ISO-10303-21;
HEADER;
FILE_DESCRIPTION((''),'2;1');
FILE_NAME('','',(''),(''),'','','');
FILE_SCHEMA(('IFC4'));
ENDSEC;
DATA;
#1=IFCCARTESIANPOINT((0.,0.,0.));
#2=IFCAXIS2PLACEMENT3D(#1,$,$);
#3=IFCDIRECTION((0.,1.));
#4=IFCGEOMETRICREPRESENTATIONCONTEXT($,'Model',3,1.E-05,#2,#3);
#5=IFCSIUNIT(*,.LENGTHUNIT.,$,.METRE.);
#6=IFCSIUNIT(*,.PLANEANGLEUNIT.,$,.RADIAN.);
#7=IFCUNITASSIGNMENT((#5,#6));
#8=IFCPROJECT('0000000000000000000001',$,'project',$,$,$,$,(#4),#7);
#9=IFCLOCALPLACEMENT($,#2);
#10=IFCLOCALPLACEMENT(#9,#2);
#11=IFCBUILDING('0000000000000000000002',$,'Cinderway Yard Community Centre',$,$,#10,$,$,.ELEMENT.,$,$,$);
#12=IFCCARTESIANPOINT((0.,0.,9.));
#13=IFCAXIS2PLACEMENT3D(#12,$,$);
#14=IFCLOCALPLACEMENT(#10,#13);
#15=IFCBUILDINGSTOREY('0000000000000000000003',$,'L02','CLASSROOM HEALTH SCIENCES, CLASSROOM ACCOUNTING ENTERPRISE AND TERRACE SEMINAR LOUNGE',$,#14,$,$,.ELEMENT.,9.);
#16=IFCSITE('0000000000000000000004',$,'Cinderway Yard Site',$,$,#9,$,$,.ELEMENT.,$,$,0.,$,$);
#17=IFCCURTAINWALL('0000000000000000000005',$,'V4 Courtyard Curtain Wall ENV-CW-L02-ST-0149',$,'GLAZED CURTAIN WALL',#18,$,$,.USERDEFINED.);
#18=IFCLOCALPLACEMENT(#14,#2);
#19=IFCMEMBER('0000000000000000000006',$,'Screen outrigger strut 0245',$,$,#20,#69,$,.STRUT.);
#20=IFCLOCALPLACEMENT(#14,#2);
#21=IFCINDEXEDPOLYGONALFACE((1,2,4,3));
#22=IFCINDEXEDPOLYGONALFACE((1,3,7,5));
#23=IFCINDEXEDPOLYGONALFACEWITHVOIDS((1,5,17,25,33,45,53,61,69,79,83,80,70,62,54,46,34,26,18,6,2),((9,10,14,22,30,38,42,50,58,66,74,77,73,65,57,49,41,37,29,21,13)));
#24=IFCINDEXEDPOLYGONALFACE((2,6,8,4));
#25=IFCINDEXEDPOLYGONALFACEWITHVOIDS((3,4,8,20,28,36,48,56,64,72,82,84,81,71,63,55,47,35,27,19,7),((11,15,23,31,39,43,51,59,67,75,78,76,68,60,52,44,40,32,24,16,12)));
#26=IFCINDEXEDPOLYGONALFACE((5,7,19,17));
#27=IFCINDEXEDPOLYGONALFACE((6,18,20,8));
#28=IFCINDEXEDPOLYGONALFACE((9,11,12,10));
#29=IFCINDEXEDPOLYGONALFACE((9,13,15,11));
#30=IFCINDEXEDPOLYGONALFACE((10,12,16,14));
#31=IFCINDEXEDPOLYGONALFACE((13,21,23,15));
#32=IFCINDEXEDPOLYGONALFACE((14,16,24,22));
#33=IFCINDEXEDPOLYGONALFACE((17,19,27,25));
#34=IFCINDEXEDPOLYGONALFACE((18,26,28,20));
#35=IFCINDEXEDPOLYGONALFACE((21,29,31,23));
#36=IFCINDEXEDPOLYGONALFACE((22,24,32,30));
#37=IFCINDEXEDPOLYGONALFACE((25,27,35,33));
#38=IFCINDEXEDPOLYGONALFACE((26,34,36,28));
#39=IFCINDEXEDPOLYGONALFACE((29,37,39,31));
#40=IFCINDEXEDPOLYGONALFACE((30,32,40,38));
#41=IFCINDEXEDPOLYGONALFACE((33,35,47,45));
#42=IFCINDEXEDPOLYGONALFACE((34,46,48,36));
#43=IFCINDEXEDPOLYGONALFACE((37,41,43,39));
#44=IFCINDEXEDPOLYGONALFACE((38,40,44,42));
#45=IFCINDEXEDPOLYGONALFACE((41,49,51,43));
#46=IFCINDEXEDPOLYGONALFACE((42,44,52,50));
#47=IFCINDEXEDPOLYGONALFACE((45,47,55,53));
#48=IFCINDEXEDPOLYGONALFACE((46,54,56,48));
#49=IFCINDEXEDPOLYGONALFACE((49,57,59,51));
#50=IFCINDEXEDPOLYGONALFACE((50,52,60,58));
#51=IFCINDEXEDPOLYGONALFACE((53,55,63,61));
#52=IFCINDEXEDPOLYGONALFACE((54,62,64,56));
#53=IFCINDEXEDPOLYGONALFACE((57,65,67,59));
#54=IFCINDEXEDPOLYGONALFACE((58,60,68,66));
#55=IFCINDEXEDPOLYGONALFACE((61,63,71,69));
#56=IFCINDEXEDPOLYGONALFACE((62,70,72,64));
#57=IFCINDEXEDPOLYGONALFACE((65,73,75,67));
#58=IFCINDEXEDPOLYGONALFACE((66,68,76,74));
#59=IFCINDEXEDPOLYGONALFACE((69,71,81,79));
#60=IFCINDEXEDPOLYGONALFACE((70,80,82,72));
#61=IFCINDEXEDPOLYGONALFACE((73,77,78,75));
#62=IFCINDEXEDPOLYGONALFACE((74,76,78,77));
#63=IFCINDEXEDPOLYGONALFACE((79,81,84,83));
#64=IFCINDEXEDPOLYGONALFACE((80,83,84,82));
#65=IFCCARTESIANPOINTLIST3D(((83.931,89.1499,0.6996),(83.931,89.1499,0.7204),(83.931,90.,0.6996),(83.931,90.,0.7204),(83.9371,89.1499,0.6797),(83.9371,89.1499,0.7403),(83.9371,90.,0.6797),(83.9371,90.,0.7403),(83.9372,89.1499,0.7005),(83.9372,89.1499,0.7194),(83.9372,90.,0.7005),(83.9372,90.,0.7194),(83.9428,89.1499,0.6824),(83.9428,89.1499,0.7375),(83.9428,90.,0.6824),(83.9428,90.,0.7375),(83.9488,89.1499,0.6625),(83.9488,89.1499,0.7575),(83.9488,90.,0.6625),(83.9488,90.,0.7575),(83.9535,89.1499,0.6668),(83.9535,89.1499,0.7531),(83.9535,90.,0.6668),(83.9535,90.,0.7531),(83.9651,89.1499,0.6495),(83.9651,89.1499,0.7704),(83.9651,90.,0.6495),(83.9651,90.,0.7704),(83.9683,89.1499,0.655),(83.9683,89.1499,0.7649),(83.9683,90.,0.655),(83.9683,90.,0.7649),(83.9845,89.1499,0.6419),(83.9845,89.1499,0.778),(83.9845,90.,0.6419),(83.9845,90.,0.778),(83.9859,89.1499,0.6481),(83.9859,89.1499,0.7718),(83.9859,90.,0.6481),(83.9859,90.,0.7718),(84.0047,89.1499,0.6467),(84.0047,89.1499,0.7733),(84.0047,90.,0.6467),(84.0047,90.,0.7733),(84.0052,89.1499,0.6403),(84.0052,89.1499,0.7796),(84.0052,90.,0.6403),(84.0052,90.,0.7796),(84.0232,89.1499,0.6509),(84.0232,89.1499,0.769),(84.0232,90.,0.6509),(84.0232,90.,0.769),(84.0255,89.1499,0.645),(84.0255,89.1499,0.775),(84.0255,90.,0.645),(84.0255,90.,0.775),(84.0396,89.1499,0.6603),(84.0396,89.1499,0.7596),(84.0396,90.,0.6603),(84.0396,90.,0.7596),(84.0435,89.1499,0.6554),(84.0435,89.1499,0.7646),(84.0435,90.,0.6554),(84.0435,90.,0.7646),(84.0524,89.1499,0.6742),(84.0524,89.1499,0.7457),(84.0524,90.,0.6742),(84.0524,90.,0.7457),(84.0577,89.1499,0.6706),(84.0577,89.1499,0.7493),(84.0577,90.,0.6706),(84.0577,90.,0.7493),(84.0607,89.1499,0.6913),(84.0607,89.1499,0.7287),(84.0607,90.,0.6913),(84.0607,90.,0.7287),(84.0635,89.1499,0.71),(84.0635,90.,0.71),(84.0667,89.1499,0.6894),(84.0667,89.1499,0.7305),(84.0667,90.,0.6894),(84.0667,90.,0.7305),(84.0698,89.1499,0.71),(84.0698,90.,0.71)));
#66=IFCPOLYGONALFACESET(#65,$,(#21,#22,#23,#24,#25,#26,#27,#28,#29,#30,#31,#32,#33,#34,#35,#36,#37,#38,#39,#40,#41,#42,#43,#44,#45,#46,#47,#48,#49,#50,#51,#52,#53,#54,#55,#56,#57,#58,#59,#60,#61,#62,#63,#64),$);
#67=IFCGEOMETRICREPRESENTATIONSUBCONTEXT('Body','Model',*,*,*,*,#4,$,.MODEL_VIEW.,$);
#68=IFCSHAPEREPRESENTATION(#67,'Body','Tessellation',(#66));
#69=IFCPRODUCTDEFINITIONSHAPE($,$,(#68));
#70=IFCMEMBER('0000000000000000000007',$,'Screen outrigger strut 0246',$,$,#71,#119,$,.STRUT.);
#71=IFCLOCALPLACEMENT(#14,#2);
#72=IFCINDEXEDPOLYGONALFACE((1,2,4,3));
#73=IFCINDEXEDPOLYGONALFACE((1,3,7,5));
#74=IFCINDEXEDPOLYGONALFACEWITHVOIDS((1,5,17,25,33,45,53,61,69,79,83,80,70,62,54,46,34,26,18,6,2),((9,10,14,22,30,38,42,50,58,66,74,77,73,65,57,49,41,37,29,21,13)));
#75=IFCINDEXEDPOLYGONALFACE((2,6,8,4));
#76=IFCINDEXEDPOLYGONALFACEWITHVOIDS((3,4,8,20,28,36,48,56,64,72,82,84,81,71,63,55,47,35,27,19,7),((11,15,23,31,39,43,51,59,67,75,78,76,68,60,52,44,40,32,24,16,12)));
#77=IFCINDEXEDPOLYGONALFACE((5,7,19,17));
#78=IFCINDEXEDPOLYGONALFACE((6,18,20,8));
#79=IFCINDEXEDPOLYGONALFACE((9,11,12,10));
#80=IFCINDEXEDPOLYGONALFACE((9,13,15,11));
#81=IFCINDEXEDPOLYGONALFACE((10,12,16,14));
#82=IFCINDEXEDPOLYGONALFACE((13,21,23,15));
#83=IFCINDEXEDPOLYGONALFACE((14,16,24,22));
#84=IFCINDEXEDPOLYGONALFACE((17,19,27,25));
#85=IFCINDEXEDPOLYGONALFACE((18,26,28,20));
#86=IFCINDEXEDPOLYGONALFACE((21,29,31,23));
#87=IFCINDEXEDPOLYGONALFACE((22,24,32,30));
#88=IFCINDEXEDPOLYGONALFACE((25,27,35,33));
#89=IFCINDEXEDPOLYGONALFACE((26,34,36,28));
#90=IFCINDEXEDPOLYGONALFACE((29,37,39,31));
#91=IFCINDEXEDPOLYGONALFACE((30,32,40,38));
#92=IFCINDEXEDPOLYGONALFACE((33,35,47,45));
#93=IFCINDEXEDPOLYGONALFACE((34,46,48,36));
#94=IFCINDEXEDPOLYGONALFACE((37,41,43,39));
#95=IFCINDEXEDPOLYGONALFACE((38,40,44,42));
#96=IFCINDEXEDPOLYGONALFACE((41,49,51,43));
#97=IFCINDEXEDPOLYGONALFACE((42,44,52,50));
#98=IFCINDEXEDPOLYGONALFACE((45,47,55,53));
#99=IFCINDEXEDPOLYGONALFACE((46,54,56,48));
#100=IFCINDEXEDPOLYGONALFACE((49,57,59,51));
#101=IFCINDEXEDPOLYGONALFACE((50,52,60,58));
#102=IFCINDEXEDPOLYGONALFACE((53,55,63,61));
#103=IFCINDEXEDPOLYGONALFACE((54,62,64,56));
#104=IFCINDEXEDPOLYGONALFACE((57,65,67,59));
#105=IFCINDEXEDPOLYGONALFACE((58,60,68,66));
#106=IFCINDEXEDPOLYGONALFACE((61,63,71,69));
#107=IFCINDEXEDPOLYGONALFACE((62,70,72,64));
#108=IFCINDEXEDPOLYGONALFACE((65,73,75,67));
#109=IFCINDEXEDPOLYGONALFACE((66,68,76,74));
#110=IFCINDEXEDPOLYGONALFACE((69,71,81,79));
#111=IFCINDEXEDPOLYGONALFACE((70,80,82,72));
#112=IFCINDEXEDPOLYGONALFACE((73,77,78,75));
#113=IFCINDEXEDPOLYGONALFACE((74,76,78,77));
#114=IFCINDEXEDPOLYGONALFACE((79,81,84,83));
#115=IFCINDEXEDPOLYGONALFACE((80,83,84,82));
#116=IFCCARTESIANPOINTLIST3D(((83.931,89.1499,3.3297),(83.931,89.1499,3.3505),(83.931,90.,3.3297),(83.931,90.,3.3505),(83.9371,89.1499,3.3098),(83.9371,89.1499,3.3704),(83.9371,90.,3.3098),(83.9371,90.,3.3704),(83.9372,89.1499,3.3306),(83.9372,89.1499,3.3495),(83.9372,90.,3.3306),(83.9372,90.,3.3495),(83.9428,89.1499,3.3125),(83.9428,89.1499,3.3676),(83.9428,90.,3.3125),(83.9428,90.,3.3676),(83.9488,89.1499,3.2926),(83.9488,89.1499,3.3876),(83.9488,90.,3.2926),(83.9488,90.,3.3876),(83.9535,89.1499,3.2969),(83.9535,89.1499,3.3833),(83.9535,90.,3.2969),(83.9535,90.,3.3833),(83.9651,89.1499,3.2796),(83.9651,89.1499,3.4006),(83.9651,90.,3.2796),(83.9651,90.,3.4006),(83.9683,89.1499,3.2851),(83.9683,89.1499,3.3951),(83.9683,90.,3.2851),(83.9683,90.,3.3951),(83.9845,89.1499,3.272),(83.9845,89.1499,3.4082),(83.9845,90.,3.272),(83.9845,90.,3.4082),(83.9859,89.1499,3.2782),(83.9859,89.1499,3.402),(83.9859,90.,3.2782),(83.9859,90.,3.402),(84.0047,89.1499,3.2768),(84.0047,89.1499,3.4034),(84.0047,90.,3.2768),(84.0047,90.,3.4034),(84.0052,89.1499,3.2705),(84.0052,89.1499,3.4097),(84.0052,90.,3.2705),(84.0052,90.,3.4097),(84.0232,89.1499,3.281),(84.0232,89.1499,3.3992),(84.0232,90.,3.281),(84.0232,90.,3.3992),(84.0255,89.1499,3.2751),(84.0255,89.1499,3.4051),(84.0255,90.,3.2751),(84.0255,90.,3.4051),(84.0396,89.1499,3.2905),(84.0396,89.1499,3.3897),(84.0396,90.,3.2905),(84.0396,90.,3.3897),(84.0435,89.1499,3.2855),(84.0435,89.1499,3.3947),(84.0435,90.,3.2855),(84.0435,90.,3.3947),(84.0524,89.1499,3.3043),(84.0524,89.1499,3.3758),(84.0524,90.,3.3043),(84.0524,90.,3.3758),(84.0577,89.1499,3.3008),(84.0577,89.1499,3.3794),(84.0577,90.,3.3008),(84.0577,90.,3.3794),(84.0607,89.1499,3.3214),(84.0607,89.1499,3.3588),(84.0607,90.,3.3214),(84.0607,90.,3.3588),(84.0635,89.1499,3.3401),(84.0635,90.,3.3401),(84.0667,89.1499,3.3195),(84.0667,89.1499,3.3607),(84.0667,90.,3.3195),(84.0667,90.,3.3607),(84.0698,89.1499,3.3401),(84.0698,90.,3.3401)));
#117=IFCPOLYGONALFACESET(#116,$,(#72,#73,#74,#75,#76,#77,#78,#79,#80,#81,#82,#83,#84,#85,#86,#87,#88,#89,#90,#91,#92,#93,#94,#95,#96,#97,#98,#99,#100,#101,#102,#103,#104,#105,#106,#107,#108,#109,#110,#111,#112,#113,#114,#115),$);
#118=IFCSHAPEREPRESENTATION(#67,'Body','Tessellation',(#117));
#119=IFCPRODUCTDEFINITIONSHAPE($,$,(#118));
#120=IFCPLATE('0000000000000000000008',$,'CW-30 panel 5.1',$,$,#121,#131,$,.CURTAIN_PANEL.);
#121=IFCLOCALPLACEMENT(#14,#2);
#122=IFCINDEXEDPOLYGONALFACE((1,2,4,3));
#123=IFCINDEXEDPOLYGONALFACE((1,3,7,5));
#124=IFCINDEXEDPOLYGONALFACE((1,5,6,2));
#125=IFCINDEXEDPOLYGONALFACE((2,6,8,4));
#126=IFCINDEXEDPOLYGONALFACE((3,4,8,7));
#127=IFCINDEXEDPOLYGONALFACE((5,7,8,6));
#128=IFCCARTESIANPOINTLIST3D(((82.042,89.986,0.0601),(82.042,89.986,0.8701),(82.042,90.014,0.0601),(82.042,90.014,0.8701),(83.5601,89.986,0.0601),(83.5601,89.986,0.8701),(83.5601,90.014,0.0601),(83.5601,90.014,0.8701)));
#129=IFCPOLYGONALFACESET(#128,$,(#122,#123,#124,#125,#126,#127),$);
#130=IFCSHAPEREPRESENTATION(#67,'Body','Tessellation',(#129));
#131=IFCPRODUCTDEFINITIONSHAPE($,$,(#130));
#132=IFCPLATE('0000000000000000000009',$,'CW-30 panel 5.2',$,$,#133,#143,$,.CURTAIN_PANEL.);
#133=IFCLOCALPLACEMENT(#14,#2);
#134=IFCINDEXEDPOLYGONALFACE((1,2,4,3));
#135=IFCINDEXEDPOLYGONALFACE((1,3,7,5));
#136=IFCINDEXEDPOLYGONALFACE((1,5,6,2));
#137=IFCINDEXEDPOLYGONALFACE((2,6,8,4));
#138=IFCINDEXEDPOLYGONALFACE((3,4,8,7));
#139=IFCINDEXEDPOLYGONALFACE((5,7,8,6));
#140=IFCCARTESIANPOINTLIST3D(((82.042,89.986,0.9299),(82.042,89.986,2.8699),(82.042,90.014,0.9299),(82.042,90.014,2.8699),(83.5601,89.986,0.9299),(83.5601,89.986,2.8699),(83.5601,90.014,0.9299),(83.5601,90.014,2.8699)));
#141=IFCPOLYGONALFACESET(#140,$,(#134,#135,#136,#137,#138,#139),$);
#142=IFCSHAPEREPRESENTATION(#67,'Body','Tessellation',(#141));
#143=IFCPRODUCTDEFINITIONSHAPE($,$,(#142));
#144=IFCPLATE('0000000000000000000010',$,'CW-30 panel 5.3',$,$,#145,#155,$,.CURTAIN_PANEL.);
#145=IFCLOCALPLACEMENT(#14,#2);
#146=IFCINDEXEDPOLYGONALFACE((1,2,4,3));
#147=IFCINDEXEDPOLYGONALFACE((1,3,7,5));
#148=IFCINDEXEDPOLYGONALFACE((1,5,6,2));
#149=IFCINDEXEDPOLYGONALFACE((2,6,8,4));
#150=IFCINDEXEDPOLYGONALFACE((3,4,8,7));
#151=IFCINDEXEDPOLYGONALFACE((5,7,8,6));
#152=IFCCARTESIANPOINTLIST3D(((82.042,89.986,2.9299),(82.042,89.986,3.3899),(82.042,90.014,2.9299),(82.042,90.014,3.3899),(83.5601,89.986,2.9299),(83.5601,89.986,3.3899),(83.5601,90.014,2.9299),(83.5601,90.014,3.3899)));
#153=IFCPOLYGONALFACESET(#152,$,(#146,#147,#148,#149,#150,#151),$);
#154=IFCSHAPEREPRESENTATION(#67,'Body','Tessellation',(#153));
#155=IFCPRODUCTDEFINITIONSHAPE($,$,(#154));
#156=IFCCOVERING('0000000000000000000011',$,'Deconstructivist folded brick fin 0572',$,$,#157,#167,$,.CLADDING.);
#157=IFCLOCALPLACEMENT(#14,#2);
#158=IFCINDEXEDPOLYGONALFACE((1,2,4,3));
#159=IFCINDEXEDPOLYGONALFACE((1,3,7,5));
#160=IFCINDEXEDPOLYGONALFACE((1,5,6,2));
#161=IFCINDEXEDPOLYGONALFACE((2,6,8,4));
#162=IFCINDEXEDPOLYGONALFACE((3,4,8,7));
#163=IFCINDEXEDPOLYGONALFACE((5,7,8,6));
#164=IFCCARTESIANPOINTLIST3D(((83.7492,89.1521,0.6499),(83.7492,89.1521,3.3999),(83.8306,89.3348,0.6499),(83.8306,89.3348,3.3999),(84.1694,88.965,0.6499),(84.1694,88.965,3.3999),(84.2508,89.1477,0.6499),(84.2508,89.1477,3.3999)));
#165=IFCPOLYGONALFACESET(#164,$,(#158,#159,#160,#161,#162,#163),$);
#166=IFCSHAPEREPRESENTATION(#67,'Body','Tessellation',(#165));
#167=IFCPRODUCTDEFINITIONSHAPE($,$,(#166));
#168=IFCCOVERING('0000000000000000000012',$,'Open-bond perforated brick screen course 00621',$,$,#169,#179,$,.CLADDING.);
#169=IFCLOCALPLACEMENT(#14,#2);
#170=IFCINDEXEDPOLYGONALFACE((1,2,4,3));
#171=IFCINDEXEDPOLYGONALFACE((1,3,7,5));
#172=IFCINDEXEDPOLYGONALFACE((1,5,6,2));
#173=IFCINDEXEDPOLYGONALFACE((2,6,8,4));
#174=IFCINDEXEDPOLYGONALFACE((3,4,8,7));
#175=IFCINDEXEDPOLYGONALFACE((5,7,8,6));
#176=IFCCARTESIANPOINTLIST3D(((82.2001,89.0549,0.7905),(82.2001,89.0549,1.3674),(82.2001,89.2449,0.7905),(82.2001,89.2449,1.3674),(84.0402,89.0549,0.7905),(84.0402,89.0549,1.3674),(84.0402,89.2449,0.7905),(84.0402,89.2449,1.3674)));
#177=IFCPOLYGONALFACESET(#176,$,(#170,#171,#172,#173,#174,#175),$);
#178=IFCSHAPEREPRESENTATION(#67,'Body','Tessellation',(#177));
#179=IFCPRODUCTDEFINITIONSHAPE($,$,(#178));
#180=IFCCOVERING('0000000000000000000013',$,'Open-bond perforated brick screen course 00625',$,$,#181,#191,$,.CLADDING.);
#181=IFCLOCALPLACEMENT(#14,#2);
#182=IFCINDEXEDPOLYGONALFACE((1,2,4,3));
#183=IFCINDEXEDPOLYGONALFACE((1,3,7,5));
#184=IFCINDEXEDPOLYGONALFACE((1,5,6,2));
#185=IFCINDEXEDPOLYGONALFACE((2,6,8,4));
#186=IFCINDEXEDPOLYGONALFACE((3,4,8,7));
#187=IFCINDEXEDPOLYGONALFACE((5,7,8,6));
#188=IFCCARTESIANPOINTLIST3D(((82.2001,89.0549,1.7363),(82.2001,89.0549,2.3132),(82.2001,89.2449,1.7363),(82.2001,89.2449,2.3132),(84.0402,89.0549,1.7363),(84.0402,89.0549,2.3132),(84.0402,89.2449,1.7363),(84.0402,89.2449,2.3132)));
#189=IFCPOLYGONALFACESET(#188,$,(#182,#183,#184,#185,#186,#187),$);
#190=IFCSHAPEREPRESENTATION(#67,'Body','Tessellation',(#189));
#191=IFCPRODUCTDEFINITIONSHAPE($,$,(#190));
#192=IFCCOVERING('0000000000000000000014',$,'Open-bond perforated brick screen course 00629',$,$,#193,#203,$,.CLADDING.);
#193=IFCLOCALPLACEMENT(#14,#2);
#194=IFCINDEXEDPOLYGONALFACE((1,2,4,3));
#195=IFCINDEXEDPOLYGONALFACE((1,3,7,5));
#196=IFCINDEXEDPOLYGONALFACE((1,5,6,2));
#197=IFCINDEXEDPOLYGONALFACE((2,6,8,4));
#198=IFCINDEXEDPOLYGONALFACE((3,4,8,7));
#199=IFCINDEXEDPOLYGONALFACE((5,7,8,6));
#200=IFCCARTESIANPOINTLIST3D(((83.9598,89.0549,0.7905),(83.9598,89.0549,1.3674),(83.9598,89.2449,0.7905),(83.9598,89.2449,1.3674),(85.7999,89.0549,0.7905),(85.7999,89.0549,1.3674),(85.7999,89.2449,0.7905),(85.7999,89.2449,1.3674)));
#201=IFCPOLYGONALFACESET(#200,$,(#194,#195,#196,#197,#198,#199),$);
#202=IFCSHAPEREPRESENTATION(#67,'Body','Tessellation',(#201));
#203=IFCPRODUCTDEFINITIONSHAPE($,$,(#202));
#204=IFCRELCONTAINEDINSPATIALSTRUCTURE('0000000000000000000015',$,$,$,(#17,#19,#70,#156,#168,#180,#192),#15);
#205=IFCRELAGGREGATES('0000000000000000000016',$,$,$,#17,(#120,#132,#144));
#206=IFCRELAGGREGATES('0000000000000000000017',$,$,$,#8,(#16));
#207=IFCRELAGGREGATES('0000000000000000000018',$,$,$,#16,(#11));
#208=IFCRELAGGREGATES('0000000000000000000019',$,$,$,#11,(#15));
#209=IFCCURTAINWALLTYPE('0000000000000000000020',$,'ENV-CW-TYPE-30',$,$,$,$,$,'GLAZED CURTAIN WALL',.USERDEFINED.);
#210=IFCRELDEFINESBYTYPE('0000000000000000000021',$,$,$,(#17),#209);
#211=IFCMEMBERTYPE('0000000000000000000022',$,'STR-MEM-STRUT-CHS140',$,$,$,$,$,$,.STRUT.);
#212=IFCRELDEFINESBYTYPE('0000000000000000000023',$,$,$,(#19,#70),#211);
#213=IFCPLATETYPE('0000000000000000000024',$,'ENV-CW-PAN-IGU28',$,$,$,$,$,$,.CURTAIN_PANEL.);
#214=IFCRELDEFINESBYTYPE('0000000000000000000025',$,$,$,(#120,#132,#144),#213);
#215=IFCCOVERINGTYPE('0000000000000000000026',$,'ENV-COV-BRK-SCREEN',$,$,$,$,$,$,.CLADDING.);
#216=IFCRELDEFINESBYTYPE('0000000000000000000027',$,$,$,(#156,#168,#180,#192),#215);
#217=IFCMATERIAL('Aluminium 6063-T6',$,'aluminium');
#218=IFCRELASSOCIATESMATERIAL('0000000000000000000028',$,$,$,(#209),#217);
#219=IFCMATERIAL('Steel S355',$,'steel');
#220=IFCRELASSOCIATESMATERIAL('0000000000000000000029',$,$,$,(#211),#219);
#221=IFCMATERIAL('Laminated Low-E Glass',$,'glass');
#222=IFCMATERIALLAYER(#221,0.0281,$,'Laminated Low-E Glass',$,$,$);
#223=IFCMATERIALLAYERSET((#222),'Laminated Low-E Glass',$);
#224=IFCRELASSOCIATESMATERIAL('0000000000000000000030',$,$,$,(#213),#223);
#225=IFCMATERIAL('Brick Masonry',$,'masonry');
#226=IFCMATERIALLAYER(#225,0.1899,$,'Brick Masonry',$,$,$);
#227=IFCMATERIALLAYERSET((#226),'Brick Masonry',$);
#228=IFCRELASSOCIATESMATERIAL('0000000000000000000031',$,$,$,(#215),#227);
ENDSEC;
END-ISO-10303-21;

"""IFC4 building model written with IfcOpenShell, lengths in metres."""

from ifc_helpers import new_model, si_unit, direction, frame, origin, origin_2d, place, context, subcontext, project, spatial, rectangle, hollow_circle, extrude, material, layer, layer_set, material_profile, profile_set, type_object, element, aggregate, save


model = new_model("IFC4")

# Units and contexts
model_context = context("Model", 3, precision=1e-05, world=origin(), true_north=direction((0.0, 1.0)))
body_context = subcontext(model_context, "Body", "Model", "MODEL_VIEW")
ifc_project = project(units=[si_unit("LENGTHUNIT", "METRE"), si_unit("PLANEANGLEUNIT", "RADIAN")], contexts=[model_context])

# Site, building, storey
site_placement = place(None, origin())
site = spatial("IfcSite", under=ifc_project, at=site_placement, Name="Cinderway Yard Site", CompositionType="ELEMENT", RefElevation=0.0)
building_placement = place(site_placement, origin())
building = spatial("IfcBuilding", under=site, at=building_placement, Name="Cinderway Yard Community Centre", CompositionType="ELEMENT")
storey_placement = place(building_placement, frame((0.0, 0.0, 9.0)))
storey = spatial("IfcBuildingStorey", under=building, at=storey_placement, Name="L02", Description="CLASSROOM HEALTH SCIENCES, CLASSROOM ACCOUNTING ENTERPRISE AND TERRACE SEMINAR LOUNGE", CompositionType="ELEMENT", Elevation=9.0)

# Curtain wall
ifc_material_1 = material(Name="Aluminium 6063-T6", Category="aluminium")
curtain_wall_type = type_object("IfcCurtainWallType", Name="ENV-CW-TYPE-30", ElementType="GLAZED CURTAIN WALL", PredefinedType="USERDEFINED", material=ifc_material_1)
curtain_wall_1_placement = place(storey_placement, origin())
curtain_wall_1 = element("IfcCurtainWall", 1, at=curtain_wall_1_placement, inside=storey, type_object=curtain_wall_type, Name="V4 Courtyard Curtain Wall ENV-CW-L02-ST-0149", ObjectType="GLAZED CURTAIN WALL", PredefinedType="USERDEFINED")

# Shared definitions
ifc_material_2 = material(Name="Steel S355", Category="steel")

# Members
ifc_material_profile_1 = material_profile(ifc_material_2, hollow_circle(Radius=0.0698, WallThickness=0.0063, at=origin_2d()), Name="Steel S355")
ifc_profile_set_1 = profile_set([ifc_material_profile_1], Name="Steel S355")
member_type_1 = type_object("IfcMemberType", Name="STR-MEM-STRUT-CHS140", PredefinedType="STRUT", material=ifc_profile_set_1)
for number, where, z_axis, x_axis, name in (
    (2, (84.0, 90.0, 0.71), (0.0, -1.0, 0.0), (1.0, 0.0, 0.0), "Screen outrigger strut 0245"),
    (3, (84.0, 90.0, 3.3401), (0.0, -1.0, 0.0), (1.0, 0.0, 0.0), "Screen outrigger strut 0246"),
):
    element("IfcMember", number, at=place(storey_placement, frame(where, z_axis=z_axis, x_axis=x_axis)), inside=storey, type_object=member_type_1, Name=name, PredefinedType="STRUT", context=body_context, shape_type="SweptSolid", body=[
        extrude(hollow_circle(Radius=0.0698, WallThickness=0.0063, at=origin_2d()), origin(), (0.0, 0.0, 1.0), 0.8501),
    ])

# Plates
ifc_material_3 = material(Name="Laminated Low-E Glass", Category="glass")
ifc_layer_1 = layer(ifc_material_3, 0.0281, Name="Laminated Low-E Glass")
ifc_layer_set_1 = layer_set([ifc_layer_1], Name="Laminated Low-E Glass")
plate_type = type_object("IfcPlateType", Name="ENV-CW-PAN-IGU28", PredefinedType="CURTAIN_PANEL", material=ifc_layer_set_1)
plate_1_placement = place(storey_placement, frame((82.801, 90.0, 0.0601), z_axis=(0.0, 0.0, 1.0), x_axis=(1.0, 0.0, 0.0)))
plate_1 = element("IfcPlate", 4, at=plate_1_placement, type_object=plate_type, Name="CW-30 panel 5.1", PredefinedType="CURTAIN_PANEL", context=body_context, shape_type="SweptSolid", body=[
    extrude(rectangle(XDim=1.5181, YDim=0.0281, at=origin_2d()), origin(), (0.0, 0.0, 1.0), 0.8101),
])
plate_2_placement = place(storey_placement, frame((82.801, 90.0, 0.9299), z_axis=(0.0, 0.0, 1.0), x_axis=(1.0, 0.0, 0.0)))
plate_2 = element("IfcPlate", 5, at=plate_2_placement, type_object=plate_type, Name="CW-30 panel 5.2", PredefinedType="CURTAIN_PANEL", context=body_context, shape_type="SweptSolid", body=[
    extrude(rectangle(XDim=1.5181, YDim=0.0281, at=origin_2d()), origin(), (0.0, 0.0, 1.0), 1.9399),
])
plate_3_placement = place(storey_placement, frame((82.801, 90.0, 2.9299), z_axis=(0.0, 0.0, 1.0), x_axis=(1.0, 0.0, 0.0)))
plate_3 = element("IfcPlate", 6, at=plate_3_placement, type_object=plate_type, Name="CW-30 panel 5.3", PredefinedType="CURTAIN_PANEL", context=body_context, shape_type="SweptSolid", body=[
    extrude(rectangle(XDim=1.5181, YDim=0.0281, at=origin_2d()), origin(), (0.0, 0.0, 1.0), 0.46),
])
aggregate(curtain_wall_1, [plate_1, plate_2, plate_3])

# Coverings
ifc_material_4 = material(Name="Brick Masonry", Category="masonry")
ifc_layer_2 = layer(ifc_material_4, 0.1899, Name="Brick Masonry")
ifc_layer_set_2 = layer_set([ifc_layer_2], Name="Brick Masonry")
covering_type = type_object("IfcCoveringType", Name="ENV-COV-BRK-SCREEN", PredefinedType="CLADDING", material=ifc_layer_set_2)
covering_placement = place(storey_placement, frame((84.0, 89.1499, 0.6499), z_axis=(0.0, 0.0, 1.0), x_axis=(-0.913545, 0.406737, 0.0)))
element("IfcCovering", 7, at=covering_placement, inside=storey, type_object=covering_type, Name="Deconstructivist folded brick fin 0572", PredefinedType="CLADDING", context=body_context, shape_type="SweptSolid", body=[
    extrude(rectangle(XDim=0.46, YDim=0.2, at=origin_2d()), origin(), (0.0, 0.0, 1.0), 2.75),
])
for number, where, z_axis, x_axis, name in (
    (8, (83.1201, 89.1499, 0.7905), (0.0, 0.0, 1.0), (-1.0, 0.0, 0.0), "Open-bond perforated brick screen course 00621"),
    (9, (83.1201, 89.1499, 1.7363), (0.0, 0.0, 1.0), (-1.0, 0.0, 0.0), "Open-bond perforated brick screen course 00625"),
    (10, (84.8799, 89.1499, 0.7905), (0.0, 0.0, 1.0), (-1.0, 0.0, 0.0), "Open-bond perforated brick screen course 00629"),
):
    element("IfcCovering", number, at=place(storey_placement, frame(where, z_axis=z_axis, x_axis=x_axis)), inside=storey, type_object=covering_type, Name=name, PredefinedType="CLADDING", context=body_context, shape_type="SweptSolid", body=[
        extrude(rectangle(XDim=1.8401, YDim=0.1899, at=origin_2d()), origin(), (0.0, 0.0, 1.0), 0.5769),
    ])

save(model, "model.ifc")
